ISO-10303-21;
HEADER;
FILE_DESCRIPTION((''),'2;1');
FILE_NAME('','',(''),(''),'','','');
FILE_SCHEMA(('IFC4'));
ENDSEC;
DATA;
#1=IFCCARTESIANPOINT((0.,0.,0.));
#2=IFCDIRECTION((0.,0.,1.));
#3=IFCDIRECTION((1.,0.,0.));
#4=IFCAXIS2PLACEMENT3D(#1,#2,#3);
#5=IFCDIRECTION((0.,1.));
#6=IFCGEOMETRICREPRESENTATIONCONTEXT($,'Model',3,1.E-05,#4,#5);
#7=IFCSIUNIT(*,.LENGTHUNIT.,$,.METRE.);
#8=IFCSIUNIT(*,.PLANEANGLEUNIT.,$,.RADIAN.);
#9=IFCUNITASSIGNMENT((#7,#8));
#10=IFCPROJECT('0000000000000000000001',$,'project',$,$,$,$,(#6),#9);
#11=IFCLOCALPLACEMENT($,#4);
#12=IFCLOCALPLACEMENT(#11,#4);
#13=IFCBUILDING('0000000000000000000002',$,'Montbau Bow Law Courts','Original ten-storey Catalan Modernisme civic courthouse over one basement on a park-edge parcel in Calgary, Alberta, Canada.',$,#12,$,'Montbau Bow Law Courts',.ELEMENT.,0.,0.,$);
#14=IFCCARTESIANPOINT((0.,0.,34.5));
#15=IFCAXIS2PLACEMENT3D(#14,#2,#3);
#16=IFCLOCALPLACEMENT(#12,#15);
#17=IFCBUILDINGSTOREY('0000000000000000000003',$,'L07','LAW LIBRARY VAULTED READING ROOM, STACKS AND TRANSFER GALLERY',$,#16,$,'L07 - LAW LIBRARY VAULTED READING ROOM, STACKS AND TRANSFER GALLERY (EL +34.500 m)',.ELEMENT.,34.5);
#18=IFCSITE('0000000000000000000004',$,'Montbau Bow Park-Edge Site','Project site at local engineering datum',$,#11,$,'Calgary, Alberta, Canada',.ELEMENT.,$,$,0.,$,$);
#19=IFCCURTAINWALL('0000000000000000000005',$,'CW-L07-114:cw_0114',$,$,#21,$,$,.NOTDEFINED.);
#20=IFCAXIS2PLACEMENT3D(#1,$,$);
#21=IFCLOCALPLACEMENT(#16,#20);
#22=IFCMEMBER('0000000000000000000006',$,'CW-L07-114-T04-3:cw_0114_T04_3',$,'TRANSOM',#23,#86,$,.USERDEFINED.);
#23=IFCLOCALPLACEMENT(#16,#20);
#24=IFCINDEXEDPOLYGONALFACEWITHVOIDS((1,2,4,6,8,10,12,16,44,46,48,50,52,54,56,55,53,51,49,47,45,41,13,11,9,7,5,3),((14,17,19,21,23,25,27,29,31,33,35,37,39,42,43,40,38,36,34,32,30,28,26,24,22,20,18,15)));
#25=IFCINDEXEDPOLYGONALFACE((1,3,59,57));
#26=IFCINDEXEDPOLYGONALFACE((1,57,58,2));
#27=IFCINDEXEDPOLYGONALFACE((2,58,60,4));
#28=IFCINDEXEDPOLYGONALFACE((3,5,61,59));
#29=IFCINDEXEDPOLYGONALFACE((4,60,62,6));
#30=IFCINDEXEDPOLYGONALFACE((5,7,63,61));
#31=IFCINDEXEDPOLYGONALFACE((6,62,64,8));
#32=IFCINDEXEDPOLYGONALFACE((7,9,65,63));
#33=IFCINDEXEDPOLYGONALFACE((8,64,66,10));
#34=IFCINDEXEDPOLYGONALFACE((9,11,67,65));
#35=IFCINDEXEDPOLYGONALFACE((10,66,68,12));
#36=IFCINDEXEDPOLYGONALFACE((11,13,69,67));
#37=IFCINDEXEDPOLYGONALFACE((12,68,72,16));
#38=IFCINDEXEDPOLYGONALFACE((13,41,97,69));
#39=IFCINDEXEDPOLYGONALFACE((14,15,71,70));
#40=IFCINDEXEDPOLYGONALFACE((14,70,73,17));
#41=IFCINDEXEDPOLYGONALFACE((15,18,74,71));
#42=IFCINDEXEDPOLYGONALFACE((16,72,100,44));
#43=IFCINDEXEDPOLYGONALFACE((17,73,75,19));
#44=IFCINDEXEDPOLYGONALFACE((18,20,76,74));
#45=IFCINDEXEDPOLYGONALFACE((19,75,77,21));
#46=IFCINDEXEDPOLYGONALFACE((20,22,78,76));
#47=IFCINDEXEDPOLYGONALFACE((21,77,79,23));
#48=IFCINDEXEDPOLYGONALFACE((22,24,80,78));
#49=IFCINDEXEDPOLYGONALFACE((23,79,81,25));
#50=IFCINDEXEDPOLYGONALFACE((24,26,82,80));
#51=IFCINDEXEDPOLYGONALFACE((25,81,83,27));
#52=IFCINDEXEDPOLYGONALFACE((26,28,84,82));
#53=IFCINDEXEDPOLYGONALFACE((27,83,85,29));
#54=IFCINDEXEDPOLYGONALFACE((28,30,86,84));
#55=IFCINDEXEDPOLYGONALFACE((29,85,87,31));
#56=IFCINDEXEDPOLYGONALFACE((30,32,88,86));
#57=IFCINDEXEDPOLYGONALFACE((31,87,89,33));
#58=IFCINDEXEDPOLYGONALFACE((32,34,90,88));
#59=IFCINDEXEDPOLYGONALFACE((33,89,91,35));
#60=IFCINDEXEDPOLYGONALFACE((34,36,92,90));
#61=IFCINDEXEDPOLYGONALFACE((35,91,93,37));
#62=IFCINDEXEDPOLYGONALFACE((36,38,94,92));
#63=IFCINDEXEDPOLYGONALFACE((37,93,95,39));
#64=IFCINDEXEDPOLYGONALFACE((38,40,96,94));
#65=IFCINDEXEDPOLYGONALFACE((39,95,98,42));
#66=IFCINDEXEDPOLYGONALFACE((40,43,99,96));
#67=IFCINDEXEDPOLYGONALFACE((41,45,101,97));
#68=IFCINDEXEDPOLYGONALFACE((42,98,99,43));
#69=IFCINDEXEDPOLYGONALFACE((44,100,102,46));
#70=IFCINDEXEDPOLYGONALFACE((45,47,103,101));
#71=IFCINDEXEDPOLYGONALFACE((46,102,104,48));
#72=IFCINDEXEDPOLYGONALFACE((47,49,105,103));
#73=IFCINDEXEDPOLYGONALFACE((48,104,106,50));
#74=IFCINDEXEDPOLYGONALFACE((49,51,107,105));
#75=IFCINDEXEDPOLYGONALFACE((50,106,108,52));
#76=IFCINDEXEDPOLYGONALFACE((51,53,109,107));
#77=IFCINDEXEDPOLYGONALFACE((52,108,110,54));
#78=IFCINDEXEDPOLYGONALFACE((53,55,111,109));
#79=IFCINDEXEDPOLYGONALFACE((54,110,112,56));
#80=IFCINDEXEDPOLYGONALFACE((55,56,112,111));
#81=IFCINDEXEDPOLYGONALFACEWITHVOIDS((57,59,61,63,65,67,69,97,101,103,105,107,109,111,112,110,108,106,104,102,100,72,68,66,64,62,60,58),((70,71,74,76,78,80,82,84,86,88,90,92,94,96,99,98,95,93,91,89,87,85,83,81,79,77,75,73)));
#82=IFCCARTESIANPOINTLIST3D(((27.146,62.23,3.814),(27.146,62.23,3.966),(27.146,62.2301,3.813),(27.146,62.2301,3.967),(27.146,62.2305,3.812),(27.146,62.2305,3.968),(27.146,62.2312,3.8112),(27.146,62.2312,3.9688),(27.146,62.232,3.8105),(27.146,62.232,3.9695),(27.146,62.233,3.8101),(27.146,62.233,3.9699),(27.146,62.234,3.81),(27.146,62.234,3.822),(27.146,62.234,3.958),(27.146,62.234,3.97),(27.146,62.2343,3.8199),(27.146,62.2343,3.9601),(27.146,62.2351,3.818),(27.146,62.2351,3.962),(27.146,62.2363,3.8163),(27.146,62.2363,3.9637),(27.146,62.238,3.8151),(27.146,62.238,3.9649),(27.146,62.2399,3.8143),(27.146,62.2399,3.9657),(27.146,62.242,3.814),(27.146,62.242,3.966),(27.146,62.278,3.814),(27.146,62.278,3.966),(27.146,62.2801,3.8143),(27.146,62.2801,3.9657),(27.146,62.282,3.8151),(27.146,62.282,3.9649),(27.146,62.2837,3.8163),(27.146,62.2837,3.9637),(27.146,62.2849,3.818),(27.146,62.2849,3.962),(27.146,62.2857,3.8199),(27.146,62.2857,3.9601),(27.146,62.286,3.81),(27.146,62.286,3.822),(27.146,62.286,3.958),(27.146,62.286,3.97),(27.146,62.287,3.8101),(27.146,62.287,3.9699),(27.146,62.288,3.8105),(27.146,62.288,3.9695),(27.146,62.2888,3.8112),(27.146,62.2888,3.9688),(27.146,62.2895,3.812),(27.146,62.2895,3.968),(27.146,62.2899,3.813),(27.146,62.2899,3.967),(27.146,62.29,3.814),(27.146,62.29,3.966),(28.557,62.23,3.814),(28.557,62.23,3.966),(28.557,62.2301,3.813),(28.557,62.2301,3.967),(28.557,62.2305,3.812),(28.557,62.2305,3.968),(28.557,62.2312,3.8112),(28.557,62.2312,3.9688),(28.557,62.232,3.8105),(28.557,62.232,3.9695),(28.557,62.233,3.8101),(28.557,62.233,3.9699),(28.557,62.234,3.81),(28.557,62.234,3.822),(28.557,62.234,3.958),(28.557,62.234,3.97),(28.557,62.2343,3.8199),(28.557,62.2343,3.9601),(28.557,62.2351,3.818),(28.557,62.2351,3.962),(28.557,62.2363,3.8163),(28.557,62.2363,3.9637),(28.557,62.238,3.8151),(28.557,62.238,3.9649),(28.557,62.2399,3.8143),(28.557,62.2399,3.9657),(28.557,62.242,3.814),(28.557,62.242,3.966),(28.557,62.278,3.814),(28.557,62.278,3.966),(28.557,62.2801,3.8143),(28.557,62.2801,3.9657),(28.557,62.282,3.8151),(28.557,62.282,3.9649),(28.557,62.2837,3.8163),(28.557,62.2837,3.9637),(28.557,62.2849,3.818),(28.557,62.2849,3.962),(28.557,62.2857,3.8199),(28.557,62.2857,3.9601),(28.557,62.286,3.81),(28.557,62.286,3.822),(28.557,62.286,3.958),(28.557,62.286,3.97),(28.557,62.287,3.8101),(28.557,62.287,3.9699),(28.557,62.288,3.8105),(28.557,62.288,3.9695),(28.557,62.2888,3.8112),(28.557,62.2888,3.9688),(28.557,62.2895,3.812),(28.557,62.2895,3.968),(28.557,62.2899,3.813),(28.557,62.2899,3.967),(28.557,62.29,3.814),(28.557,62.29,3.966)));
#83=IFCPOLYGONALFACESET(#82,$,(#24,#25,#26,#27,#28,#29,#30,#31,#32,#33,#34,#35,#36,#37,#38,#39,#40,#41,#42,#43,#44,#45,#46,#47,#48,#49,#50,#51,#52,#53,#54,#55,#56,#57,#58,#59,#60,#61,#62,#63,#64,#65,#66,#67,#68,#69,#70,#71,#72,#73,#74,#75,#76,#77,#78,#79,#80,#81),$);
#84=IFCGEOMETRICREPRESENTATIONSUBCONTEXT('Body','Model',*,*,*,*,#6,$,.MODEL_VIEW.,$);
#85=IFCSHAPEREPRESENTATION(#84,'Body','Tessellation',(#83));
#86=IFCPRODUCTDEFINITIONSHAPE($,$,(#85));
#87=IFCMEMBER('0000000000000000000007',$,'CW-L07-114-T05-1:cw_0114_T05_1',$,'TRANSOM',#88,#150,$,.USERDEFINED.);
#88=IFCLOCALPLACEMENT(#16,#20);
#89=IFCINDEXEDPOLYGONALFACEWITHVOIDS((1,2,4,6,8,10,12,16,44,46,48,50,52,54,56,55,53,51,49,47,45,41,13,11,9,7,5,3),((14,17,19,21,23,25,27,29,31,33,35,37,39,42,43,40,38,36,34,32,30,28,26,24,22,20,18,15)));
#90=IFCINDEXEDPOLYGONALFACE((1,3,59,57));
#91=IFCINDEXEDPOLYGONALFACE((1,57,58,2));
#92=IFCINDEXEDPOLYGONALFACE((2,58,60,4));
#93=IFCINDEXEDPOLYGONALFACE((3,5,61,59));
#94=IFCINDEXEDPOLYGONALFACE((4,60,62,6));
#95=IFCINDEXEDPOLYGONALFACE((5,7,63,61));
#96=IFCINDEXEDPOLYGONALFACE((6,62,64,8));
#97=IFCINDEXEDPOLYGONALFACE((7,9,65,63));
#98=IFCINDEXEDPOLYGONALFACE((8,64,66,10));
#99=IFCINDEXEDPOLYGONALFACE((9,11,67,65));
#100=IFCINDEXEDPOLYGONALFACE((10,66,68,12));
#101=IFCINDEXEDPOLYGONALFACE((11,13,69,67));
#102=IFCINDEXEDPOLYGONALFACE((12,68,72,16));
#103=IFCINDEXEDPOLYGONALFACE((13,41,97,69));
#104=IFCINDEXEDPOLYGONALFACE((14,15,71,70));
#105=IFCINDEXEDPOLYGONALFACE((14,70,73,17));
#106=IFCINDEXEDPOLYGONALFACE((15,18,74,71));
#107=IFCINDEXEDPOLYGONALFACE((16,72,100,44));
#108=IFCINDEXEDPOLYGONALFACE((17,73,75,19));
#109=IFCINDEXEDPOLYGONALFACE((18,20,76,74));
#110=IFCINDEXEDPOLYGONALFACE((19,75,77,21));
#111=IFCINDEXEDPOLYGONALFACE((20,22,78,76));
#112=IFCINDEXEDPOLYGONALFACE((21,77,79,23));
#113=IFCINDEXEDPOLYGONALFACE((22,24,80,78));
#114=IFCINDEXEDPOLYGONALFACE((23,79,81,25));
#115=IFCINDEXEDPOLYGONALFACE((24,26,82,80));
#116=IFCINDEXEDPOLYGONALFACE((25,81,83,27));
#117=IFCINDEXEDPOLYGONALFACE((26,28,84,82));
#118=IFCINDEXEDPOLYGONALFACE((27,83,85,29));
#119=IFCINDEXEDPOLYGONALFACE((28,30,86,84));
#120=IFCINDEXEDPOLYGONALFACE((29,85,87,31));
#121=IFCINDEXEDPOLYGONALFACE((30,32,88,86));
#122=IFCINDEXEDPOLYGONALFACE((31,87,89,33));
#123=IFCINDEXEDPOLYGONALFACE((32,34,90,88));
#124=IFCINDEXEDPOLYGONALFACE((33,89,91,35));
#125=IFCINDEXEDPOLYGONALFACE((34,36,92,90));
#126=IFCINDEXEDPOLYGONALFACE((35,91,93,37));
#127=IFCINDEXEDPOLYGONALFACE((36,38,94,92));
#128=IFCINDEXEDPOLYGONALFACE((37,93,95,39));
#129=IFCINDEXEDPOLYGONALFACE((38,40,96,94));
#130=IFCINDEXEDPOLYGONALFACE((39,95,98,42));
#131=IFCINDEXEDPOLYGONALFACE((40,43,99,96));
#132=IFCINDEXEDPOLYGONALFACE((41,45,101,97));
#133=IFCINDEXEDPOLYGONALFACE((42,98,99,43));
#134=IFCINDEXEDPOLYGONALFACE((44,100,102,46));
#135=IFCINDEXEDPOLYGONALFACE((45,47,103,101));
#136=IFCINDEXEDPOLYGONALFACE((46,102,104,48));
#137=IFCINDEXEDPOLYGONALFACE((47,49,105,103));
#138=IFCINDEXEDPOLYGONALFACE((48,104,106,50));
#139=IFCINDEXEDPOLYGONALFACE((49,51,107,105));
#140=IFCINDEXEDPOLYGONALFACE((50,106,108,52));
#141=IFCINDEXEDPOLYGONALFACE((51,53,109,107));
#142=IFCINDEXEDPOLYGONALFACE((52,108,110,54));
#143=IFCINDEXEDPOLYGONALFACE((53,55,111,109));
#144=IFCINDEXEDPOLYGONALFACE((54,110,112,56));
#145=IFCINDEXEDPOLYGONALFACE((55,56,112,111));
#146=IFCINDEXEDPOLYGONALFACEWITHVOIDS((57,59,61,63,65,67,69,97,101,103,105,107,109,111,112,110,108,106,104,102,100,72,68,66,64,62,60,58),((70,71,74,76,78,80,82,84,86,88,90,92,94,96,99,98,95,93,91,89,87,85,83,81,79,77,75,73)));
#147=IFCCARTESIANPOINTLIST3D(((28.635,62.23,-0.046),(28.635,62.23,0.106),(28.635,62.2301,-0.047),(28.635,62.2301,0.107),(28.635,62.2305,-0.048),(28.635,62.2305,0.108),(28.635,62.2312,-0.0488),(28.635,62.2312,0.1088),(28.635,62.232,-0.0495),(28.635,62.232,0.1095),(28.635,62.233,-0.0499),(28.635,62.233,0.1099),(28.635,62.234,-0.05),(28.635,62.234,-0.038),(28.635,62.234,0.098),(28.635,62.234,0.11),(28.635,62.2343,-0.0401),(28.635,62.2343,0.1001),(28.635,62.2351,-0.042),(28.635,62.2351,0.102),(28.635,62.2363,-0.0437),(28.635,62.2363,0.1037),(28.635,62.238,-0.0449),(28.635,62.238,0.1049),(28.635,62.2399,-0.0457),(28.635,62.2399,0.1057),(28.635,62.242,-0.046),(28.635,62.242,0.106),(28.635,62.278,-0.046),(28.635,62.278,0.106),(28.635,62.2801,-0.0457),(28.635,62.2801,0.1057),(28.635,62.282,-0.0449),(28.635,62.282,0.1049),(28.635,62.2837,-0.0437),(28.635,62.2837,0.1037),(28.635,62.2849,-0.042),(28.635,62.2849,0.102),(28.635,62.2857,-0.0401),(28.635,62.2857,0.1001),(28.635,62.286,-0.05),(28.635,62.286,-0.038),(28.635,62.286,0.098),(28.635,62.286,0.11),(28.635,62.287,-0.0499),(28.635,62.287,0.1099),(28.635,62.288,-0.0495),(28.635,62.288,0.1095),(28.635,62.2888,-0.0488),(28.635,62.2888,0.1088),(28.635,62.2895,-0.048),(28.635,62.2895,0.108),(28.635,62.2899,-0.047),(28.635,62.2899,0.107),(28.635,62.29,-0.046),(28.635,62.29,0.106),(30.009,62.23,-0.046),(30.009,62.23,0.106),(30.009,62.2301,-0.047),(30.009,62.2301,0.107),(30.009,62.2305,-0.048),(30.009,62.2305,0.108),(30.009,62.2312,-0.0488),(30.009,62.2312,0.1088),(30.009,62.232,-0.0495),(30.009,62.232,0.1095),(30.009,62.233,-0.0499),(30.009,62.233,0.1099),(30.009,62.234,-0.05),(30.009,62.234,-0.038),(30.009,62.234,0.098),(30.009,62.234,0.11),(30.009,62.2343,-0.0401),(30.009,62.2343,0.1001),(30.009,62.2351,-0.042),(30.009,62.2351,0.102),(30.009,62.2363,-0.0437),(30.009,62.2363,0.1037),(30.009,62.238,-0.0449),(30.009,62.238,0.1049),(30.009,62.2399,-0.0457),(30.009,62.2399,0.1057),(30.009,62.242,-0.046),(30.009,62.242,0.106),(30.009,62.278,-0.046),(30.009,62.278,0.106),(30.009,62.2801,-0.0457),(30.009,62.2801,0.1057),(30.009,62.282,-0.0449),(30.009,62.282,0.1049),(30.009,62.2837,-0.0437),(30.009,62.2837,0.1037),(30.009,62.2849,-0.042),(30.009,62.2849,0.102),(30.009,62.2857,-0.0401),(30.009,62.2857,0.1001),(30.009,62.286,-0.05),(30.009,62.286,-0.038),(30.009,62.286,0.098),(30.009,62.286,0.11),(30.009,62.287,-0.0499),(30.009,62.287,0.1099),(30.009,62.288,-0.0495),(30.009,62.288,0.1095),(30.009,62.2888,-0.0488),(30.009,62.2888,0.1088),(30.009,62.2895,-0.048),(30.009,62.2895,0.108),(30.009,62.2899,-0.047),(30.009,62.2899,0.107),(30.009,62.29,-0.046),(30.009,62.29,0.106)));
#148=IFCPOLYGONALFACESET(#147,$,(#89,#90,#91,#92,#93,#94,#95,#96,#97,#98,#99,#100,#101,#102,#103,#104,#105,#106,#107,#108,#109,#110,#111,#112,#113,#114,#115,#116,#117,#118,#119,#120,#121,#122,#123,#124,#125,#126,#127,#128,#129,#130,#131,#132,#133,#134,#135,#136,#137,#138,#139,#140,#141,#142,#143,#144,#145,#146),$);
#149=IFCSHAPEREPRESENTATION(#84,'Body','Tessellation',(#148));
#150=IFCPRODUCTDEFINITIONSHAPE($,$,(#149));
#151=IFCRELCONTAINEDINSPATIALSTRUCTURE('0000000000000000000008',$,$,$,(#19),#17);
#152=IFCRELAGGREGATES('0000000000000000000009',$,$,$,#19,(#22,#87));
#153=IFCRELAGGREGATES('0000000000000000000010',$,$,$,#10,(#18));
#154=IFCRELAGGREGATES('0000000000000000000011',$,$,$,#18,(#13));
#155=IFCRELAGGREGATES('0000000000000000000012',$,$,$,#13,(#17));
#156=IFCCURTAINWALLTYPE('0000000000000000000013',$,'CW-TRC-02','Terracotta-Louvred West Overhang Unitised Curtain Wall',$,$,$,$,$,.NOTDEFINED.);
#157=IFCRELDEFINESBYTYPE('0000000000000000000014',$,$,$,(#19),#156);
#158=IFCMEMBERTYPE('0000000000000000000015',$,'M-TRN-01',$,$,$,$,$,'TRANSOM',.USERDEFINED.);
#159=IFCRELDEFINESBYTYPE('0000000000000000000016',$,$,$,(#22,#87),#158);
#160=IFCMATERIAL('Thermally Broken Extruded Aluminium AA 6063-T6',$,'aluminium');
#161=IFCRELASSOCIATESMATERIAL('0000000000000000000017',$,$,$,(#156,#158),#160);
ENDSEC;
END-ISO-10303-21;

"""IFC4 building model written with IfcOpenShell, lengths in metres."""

from ifc_helpers import new_model, si_unit, direction, frame, origin_with_axes, origin_2d_with_axis, place, context, subcontext, project, spatial, hollow_rectangle, extrude, material, material_profile, profile_set, type_object, element, aggregate, save


model = new_model("IFC4")

# Units and contexts
model_context = context("Model", 3, precision=1e-05, world=origin_with_axes(), true_north=direction((0.0, 1.0)))
body_context = subcontext(model_context, "Body", "Model", "MODEL_VIEW")
ifc_project = project(units=[si_unit("LENGTHUNIT", "METRE"), si_unit("PLANEANGLEUNIT", "RADIAN")], contexts=[model_context])

# Site, building, storey
site_placement = place(None, origin_with_axes())
site = spatial("IfcSite", under=ifc_project, at=site_placement, Name="Montbau Bow Park-Edge Site", Description="Project site at local engineering datum", LongName="Calgary, Alberta, Canada", CompositionType="ELEMENT", RefElevation=0.0)
building_placement = place(site_placement, origin_with_axes())
building = spatial("IfcBuilding", under=site, at=building_placement, Name="Montbau Bow Law Courts", Description="Original ten-storey Catalan Modernisme civic courthouse over one basement on a park-edge parcel in Calgary, Alberta, Canada.", LongName="Montbau Bow Law Courts", CompositionType="ELEMENT", ElevationOfRefHeight=0.0, ElevationOfTerrain=0.0)
storey_placement = place(building_placement, frame((0.0, 0.0, 34.5), z_axis=(0.0, 0.0, 1.0), x_axis=(1.0, 0.0, 0.0)))
storey = spatial("IfcBuildingStorey", under=building, at=storey_placement, Name="L07", Description="LAW LIBRARY VAULTED READING ROOM, STACKS AND TRANSFER GALLERY", LongName="L07 - LAW LIBRARY VAULTED READING ROOM, STACKS AND TRANSFER GALLERY (EL +34.500 m)", CompositionType="ELEMENT", Elevation=34.5)

# Curtain wall
ifc_material_1 = material(Name="Thermally Broken Extruded Aluminium AA 6063-T6", Category="aluminium")
curtain_wall_type = type_object("IfcCurtainWallType", Name="CW-TRC-02", Description="Terracotta-Louvred West Overhang Unitised Curtain Wall", PredefinedType="NOTDEFINED", material=ifc_material_1)
curtain_wall_1_placement = place(None, frame((22.64, 62.26, 34.5), z_axis=(0.0, 0.0, 1.0), x_axis=(1.0, 0.0, 0.0)))
curtain_wall_1 = element("IfcCurtainWall", 1, at=curtain_wall_1_placement, inside=storey, type_object=curtain_wall_type, Name="CW-L07-114:cw_0114", PredefinedType="NOTDEFINED")

# Members
ifc_material_profile_1 = material_profile(ifc_material_1, hollow_rectangle(XDim=0.06, YDim=0.16, WallThickness=0.004, InnerFilletRadius=0.008, OuterFilletRadius=0.004, at=origin_2d_with_axis()), Name="CWT-160X60", Category="Main", Priority=0)
ifc_profile_set_1 = profile_set([ifc_material_profile_1], Name="Thermally Broken Extruded Aluminium AA 6063-T6")
member_type_1 = type_object("IfcMemberType", Name="M-TRN-01", ElementType="TRANSOM", PredefinedType="USERDEFINED", material=ifc_profile_set_1)
member_1_placement = place(None, frame((27.146, 62.26, 38.39), z_axis=(1.0, 0.0, 0.0), x_axis=(0.0, 1.0, 0.0)))
member_1 = element("IfcMember", 2, at=member_1_placement, type_object=member_type_1, Name="CW-L07-114-T04-3:cw_0114_T04_3", ObjectType="TRANSOM", PredefinedType="USERDEFINED", context=body_context, shape_type="SweptSolid", body=[
    extrude(hollow_rectangle(XDim=0.06, YDim=0.16, WallThickness=0.004, InnerFilletRadius=0.008, OuterFilletRadius=0.004, at=origin_2d_with_axis()), origin_with_axes(), (0.0, 0.0, 1.0), 1.411),
])
member_2_placement = place(None, frame((28.635, 62.26, 34.53), z_axis=(1.0, 0.0, 0.0), x_axis=(0.0, 1.0, 0.0)))
member_2 = element("IfcMember", 3, at=member_2_placement, type_object=member_type_1, Name="CW-L07-114-T05-1:cw_0114_T05_1", ObjectType="TRANSOM", PredefinedType="USERDEFINED", context=body_context, shape_type="SweptSolid", body=[
    extrude(hollow_rectangle(XDim=0.06, YDim=0.16, WallThickness=0.004, InnerFilletRadius=0.008, OuterFilletRadius=0.004, at=origin_2d_with_axis()), origin_with_axes(), (0.0, 0.0, 1.0), 1.374),
])

aggregate(curtain_wall_1, [member_1, member_2])

save(model, "model.ifc")
